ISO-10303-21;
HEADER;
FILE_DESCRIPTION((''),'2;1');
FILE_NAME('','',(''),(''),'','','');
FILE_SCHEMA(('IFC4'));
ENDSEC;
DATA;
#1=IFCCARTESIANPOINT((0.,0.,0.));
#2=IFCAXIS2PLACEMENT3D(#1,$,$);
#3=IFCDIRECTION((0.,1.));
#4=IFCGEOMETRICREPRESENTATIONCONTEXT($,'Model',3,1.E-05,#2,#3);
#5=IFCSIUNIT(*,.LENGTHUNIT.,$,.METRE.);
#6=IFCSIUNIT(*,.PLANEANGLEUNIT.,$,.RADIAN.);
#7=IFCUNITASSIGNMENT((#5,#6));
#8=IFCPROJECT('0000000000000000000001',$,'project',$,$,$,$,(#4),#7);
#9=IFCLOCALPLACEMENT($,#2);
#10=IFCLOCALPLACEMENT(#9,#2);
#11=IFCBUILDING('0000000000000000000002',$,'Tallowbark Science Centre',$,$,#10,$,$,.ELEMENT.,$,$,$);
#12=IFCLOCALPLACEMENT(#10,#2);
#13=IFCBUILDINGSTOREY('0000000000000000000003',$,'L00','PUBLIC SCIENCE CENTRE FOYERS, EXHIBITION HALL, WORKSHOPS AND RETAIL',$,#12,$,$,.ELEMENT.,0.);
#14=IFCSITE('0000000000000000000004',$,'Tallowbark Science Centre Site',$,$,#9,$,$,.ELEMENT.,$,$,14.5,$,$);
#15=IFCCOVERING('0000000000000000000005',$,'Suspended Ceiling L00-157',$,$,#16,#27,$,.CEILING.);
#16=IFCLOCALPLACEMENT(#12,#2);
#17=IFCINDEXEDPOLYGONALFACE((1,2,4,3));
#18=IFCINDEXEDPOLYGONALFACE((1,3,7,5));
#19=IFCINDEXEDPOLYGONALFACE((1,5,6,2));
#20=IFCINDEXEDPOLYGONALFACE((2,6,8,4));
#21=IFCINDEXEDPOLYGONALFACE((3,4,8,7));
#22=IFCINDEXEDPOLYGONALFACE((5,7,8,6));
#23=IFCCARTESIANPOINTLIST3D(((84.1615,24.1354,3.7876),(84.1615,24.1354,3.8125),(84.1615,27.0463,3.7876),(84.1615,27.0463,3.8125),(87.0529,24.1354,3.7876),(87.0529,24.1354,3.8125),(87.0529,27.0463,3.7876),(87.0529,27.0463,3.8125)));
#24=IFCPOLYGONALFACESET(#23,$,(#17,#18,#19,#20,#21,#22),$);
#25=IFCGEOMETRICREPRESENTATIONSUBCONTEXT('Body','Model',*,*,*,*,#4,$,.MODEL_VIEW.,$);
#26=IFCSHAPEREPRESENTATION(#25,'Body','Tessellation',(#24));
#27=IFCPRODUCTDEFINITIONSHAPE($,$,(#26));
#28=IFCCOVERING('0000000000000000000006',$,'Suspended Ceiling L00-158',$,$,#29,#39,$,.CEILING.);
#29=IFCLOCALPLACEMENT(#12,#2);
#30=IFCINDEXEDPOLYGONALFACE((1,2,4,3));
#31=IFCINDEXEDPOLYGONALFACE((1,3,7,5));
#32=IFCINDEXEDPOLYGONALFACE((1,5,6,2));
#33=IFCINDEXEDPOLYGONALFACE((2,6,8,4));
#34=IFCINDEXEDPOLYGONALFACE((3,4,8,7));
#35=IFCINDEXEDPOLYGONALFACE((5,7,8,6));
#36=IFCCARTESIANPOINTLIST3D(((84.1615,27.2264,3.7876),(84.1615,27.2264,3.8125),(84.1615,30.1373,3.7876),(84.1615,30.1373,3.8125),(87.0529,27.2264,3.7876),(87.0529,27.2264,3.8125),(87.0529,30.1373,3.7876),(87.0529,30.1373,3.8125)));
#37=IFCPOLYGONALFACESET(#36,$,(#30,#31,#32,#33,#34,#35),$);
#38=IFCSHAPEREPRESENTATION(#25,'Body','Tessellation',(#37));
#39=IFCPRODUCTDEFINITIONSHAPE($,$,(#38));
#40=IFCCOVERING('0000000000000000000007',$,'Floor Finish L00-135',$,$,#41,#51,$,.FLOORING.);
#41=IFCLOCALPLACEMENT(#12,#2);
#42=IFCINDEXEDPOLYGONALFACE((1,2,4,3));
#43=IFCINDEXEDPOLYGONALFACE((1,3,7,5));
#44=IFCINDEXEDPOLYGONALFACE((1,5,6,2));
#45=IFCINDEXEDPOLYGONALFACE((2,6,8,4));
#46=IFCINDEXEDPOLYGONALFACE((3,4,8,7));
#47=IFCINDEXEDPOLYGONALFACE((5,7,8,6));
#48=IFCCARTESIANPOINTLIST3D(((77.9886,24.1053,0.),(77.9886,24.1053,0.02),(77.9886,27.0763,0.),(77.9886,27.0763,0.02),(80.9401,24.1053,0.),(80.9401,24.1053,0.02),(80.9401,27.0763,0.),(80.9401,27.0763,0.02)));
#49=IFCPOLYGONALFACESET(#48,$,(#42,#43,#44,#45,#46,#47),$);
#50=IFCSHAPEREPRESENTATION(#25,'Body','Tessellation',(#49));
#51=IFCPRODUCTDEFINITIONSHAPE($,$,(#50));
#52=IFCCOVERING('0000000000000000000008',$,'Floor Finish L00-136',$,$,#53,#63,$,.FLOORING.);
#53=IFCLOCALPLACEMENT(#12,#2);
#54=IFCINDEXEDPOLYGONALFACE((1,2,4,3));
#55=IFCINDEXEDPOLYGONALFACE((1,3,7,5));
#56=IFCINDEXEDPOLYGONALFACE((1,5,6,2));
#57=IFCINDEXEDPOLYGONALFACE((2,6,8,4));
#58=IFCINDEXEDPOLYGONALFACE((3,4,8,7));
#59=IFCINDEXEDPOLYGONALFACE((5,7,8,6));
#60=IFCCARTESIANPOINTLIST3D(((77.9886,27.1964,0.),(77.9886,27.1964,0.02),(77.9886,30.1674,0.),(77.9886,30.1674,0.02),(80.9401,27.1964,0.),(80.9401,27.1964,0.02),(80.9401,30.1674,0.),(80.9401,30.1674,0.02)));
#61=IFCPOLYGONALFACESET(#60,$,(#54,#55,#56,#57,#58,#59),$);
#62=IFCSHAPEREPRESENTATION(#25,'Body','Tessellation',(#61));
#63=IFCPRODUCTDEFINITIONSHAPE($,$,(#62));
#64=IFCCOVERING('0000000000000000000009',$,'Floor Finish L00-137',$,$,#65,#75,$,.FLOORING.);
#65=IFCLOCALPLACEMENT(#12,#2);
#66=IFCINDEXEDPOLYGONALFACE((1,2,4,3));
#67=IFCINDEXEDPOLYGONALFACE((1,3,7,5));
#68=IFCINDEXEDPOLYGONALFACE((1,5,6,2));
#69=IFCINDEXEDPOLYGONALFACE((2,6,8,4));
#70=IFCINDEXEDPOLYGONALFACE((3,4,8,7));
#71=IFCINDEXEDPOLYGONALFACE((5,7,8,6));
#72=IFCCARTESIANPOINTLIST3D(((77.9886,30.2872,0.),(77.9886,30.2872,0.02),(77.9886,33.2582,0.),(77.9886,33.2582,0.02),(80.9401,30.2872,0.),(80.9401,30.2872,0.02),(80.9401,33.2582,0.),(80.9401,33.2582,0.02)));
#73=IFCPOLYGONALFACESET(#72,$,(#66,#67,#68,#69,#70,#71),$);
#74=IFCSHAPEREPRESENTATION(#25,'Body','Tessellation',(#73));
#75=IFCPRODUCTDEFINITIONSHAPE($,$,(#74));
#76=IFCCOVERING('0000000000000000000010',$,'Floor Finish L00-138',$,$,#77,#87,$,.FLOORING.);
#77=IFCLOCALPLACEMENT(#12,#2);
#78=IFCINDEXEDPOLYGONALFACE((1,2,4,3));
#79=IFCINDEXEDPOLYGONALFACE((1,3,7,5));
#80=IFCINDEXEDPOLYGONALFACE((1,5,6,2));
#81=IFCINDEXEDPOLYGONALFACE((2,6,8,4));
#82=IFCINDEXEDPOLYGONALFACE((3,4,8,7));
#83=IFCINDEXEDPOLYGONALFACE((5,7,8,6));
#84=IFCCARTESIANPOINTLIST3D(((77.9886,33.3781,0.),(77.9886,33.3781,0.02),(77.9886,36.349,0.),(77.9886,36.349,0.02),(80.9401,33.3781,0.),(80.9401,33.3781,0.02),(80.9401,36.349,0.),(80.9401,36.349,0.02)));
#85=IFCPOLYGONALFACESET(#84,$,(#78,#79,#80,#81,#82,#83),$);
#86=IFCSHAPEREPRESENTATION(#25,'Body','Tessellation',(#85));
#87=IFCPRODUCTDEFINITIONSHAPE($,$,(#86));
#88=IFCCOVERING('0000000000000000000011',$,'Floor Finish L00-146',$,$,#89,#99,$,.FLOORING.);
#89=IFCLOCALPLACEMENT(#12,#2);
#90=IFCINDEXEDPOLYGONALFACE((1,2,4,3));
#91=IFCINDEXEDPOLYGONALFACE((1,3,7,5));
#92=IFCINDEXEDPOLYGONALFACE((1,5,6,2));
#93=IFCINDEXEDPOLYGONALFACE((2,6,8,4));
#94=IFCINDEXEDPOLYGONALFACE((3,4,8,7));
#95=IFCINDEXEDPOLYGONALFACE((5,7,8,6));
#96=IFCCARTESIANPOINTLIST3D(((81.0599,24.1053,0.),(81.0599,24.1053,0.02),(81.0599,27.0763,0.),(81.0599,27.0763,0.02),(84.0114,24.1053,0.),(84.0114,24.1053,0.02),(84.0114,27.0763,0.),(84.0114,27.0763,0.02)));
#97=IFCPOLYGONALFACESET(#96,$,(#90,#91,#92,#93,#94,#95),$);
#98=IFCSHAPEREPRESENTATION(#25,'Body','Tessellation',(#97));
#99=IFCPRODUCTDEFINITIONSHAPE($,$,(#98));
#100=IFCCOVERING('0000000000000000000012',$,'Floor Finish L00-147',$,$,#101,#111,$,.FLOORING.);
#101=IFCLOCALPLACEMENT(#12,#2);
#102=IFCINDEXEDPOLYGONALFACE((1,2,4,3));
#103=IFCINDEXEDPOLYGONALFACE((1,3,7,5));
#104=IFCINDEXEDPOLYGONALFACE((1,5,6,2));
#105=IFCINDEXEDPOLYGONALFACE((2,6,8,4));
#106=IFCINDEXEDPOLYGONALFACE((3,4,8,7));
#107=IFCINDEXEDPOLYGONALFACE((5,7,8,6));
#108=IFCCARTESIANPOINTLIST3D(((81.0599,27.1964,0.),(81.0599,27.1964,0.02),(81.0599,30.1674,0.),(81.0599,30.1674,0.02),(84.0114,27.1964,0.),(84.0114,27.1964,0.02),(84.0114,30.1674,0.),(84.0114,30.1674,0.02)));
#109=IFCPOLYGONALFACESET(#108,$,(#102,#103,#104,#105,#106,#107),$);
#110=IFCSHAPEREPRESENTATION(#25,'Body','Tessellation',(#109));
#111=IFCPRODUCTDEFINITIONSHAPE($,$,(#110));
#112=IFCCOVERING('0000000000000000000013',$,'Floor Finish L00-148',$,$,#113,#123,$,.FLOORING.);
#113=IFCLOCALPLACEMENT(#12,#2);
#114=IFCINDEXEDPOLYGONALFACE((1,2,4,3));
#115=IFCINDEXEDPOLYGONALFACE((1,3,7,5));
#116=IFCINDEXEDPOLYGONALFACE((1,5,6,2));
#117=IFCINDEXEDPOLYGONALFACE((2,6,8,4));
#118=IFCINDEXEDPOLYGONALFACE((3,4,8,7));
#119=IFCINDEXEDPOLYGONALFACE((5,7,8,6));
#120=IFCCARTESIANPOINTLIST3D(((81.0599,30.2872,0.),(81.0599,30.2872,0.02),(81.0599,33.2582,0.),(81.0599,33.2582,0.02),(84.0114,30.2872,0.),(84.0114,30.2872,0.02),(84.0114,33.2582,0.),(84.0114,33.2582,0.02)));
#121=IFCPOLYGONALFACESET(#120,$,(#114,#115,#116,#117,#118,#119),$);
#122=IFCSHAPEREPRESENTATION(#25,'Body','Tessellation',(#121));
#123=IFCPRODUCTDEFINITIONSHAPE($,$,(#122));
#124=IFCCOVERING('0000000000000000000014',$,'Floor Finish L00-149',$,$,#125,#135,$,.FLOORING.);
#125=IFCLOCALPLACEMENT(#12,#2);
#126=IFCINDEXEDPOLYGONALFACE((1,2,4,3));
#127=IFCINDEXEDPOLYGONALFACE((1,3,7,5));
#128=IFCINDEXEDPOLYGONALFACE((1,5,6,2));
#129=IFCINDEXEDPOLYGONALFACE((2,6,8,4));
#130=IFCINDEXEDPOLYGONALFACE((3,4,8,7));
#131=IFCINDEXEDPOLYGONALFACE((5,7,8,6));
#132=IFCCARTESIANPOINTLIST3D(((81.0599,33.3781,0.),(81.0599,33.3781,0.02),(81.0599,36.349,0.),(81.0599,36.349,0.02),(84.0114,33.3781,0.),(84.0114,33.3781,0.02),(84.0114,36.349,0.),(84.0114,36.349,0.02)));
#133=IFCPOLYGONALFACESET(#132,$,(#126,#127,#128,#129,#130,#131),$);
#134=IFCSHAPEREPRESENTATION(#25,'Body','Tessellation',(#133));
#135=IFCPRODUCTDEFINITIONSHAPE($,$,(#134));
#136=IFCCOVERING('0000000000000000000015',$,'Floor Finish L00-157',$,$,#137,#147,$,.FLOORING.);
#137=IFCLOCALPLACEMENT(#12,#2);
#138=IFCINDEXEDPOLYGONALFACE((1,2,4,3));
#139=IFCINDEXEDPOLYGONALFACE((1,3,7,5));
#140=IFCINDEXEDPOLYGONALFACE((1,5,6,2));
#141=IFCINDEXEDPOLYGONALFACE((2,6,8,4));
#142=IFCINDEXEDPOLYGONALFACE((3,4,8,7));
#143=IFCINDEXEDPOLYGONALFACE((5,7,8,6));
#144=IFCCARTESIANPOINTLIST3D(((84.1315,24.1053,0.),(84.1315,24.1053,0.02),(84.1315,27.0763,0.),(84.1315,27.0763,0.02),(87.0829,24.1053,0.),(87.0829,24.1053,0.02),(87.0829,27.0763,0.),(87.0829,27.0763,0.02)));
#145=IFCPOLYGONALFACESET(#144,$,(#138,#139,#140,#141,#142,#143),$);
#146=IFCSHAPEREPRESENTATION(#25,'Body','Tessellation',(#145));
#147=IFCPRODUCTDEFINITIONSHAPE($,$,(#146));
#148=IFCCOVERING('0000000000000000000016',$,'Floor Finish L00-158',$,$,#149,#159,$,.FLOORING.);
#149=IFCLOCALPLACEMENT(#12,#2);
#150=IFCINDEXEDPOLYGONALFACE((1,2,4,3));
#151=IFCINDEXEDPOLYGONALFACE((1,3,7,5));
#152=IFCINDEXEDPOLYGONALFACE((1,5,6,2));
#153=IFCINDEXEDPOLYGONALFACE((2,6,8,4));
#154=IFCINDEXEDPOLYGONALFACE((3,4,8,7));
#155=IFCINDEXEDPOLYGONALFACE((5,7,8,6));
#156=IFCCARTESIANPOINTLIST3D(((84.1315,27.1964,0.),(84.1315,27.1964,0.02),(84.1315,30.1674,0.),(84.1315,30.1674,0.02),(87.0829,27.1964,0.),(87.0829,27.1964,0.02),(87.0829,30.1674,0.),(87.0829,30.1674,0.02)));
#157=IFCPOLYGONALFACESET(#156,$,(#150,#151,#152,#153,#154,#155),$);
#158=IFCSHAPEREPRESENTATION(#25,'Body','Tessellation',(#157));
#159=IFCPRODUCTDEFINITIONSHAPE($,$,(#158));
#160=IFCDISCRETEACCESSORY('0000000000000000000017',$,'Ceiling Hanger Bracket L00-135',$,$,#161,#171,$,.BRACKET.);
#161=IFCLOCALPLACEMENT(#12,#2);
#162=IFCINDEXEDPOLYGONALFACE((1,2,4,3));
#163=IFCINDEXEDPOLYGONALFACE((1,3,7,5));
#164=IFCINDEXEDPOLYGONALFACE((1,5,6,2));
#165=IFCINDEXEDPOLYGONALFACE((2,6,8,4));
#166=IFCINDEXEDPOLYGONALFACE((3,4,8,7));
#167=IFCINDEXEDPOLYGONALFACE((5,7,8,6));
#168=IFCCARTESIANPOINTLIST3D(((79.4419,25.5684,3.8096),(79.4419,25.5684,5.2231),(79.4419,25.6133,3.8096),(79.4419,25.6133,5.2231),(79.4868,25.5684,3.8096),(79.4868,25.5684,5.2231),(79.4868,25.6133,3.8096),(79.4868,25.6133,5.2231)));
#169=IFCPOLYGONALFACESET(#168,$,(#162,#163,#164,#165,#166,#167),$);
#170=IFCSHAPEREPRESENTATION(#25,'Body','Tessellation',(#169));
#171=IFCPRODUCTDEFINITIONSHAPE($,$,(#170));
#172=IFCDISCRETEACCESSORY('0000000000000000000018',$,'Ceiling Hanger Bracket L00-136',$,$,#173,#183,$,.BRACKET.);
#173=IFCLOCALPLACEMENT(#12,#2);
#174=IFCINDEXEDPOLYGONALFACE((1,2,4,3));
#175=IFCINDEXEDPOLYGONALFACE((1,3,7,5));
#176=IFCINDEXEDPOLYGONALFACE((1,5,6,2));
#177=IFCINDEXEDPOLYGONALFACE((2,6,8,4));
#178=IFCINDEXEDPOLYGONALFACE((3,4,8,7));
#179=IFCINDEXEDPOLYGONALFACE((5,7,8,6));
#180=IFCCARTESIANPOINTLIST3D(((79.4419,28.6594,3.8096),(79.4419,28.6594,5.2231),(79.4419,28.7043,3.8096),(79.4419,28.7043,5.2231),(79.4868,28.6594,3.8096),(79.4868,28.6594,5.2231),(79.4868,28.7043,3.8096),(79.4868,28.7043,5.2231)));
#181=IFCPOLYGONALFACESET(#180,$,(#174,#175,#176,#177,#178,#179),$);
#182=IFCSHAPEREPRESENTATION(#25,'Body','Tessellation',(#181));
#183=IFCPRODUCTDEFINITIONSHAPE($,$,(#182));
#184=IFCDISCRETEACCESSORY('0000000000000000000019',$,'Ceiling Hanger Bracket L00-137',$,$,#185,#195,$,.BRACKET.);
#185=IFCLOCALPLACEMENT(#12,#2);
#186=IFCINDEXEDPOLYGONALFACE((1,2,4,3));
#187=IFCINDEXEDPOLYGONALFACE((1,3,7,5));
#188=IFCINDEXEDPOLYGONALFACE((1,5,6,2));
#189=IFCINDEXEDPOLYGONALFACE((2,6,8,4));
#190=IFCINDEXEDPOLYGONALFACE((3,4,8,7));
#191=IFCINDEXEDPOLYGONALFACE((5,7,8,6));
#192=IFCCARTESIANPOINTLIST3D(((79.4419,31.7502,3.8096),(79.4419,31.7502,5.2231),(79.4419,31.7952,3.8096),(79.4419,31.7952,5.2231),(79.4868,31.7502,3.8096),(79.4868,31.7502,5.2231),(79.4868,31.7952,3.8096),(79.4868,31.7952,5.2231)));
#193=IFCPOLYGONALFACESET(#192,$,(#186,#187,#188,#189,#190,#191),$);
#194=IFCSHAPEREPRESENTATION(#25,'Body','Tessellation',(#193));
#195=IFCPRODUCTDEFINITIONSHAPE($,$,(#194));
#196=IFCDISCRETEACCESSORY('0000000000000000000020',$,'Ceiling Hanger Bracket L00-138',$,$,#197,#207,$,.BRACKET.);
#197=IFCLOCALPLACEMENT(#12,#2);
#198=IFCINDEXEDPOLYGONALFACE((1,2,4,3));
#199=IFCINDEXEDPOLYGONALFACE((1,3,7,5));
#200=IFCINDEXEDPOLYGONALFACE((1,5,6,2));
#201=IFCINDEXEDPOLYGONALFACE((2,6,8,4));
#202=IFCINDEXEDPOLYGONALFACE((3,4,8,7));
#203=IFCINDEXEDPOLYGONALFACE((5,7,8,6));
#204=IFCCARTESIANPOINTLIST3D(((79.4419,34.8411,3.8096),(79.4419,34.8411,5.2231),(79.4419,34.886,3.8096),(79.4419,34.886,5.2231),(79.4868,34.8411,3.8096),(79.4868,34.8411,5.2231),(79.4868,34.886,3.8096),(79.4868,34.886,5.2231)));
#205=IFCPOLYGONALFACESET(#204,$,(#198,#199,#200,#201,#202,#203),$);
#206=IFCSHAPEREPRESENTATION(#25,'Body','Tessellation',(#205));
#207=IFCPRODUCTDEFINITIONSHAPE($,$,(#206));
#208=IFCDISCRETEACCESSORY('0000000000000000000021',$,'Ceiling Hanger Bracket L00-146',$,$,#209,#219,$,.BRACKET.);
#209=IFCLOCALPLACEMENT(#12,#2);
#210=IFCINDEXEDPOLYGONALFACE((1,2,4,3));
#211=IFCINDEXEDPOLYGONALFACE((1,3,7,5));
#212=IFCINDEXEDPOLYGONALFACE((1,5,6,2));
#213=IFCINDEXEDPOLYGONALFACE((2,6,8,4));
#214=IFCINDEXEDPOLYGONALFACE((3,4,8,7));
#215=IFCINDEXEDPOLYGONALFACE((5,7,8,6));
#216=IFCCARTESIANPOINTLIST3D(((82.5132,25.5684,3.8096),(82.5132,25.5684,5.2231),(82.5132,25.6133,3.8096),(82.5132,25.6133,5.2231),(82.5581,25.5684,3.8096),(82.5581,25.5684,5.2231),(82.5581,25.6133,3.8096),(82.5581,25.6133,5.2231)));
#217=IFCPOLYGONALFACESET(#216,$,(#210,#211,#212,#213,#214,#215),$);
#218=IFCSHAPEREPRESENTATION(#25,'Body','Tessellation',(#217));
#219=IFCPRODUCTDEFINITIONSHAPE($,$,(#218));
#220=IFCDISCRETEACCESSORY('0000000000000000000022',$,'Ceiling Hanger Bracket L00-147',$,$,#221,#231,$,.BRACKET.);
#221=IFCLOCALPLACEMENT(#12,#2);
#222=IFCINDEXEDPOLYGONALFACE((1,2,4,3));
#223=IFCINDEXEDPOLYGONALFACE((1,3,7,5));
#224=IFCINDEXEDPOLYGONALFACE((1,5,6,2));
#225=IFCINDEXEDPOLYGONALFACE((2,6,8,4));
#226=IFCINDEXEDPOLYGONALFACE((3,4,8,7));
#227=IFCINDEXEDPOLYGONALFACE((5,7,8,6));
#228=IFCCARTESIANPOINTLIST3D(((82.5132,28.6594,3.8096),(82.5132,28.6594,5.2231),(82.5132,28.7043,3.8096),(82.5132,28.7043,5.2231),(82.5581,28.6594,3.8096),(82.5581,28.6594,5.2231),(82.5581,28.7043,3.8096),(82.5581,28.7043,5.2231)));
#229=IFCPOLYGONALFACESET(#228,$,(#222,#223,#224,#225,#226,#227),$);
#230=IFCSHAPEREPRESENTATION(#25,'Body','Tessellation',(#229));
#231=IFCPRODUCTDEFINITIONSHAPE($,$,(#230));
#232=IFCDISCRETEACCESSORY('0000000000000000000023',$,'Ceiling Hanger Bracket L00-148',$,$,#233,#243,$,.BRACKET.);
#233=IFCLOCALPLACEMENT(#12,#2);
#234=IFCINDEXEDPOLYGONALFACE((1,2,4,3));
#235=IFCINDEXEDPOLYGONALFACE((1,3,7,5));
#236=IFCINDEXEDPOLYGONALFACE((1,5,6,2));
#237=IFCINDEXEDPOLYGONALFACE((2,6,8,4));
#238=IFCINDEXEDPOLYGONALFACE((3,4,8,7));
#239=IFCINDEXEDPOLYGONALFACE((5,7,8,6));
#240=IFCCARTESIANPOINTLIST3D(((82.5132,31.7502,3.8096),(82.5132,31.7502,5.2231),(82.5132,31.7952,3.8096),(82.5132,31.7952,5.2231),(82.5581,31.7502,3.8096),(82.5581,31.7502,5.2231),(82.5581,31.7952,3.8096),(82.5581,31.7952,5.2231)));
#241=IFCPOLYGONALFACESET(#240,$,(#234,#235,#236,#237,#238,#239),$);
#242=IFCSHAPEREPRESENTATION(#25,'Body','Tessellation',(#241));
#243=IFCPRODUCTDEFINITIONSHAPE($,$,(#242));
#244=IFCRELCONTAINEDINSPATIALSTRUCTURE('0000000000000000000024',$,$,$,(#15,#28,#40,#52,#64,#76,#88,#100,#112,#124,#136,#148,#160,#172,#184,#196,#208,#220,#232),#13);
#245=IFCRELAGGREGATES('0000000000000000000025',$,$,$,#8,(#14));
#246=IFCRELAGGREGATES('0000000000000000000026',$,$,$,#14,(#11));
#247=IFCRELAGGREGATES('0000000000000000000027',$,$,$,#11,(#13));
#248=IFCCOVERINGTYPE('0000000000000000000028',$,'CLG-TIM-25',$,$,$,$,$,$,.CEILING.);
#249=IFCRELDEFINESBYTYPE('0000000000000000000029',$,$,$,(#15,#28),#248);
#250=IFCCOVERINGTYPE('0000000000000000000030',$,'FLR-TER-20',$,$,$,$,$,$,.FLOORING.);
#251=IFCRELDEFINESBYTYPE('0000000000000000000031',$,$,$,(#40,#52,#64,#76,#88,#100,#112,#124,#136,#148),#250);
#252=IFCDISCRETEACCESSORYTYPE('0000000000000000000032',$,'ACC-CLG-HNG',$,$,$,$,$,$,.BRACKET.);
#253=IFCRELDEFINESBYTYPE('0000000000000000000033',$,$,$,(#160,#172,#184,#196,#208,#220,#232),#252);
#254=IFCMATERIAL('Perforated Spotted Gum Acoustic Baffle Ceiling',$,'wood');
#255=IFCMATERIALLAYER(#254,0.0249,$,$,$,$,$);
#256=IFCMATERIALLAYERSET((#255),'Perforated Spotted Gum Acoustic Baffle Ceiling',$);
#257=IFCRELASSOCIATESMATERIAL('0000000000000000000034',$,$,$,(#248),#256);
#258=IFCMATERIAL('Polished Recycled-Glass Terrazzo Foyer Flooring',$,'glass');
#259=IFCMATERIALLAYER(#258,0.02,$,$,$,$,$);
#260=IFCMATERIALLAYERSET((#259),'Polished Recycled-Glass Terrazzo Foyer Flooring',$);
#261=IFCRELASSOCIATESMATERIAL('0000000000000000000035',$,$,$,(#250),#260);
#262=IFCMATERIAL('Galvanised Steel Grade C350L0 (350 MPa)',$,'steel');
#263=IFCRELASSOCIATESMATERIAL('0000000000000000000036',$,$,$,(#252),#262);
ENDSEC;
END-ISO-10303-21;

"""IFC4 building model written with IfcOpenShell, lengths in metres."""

from ifc_helpers import new_model, si_unit, direction, frame, origin, origin_2d, place, context, subcontext, project, spatial, rectangle, extrude, material, layer, layer_set, type_object, element, save


model = new_model("IFC4")

# Units and contexts
model_context = context("Model", 3, precision=1e-05, world=origin(), true_north=direction((0.0, 1.0)))
body_context = subcontext(model_context, "Body", "Model", "MODEL_VIEW")
ifc_project = project(units=[si_unit("LENGTHUNIT", "METRE"), si_unit("PLANEANGLEUNIT", "RADIAN")], contexts=[model_context])

# Site, building, storey
site_placement = place(None, origin())
site = spatial("IfcSite", under=ifc_project, at=site_placement, Name="Tallowbark Science Centre Site", CompositionType="ELEMENT", RefElevation=14.5)
building_placement = place(site_placement, origin())
building = spatial("IfcBuilding", under=site, at=building_placement, Name="Tallowbark Science Centre", CompositionType="ELEMENT")
storey_placement = place(building_placement, origin())
storey = spatial("IfcBuildingStorey", under=building, at=storey_placement, Name="L00", Description="PUBLIC SCIENCE CENTRE FOYERS, EXHIBITION HALL, WORKSHOPS AND RETAIL", CompositionType="ELEMENT", Elevation=0.0)

# Coverings
ifc_material_1 = material(Name="Perforated Spotted Gum Acoustic Baffle Ceiling", Category="wood")
ifc_layer_1 = layer(ifc_material_1, 0.0249)
ifc_layer_set_1 = layer_set([ifc_layer_1], Name="Perforated Spotted Gum Acoustic Baffle Ceiling")
covering_type_1 = type_object("IfcCoveringType", Name="CLG-TIM-25", PredefinedType="CEILING", material=ifc_layer_set_1)
for number, where, z_axis, x_axis, name in (
    (1, (85.6072, 25.5908, 3.7876), (0.0, 0.0, 1.0), (1.0, 0.0, 0.0), "Suspended Ceiling L00-157"),
    (2, (85.6072, 28.6819, 3.7876), (0.0, 0.0, 1.0), (1.0, 0.0, 0.0), "Suspended Ceiling L00-158"),
):
    element("IfcCovering", number, at=place(storey_placement, frame(where, z_axis=z_axis, x_axis=x_axis)), inside=storey, type_object=covering_type_1, Name=name, PredefinedType="CEILING", context=body_context, shape_type="SweptSolid", body=[
        extrude(rectangle(XDim=2.8914, YDim=2.9109, at=origin_2d()), origin(), (0.0, 0.0, 1.0), 0.0249),
    ])
ifc_material_2 = material(Name="Polished Recycled-Glass Terrazzo Foyer Flooring", Category="glass")
ifc_layer_2 = layer(ifc_material_2, 0.02)
ifc_layer_set_2 = layer_set([ifc_layer_2], Name="Polished Recycled-Glass Terrazzo Foyer Flooring")
covering_type_2 = type_object("IfcCoveringType", Name="FLR-TER-20", PredefinedType="FLOORING", material=ifc_layer_set_2)
for number, where, z_axis, x_axis, name in (
    (3, (79.4644, 25.5908, 0.0), (0.0, 0.0, 1.0), (1.0, 0.0, 0.0), "Floor Finish L00-135"),
    (4, (79.4644, 28.6819, 0.0), (0.0, 0.0, 1.0), (1.0, 0.0, 0.0), "Floor Finish L00-136"),
    (5, (79.4644, 31.7727, 0.0), (0.0, 0.0, 1.0), (1.0, 0.0, 0.0), "Floor Finish L00-137"),
    (6, (79.4644, 34.8635, 0.0), (0.0, 0.0, 1.0), (1.0, 0.0, 0.0), "Floor Finish L00-138"),
    (7, (82.5356, 25.5908, 0.0), (0.0, 0.0, 1.0), (1.0, 0.0, 0.0), "Floor Finish L00-146"),
    (8, (82.5356, 28.6819, 0.0), (0.0, 0.0, 1.0), (1.0, 0.0, 0.0), "Floor Finish L00-147"),
    (9, (82.5356, 31.7727, 0.0), (0.0, 0.0, 1.0), (1.0, 0.0, 0.0), "Floor Finish L00-148"),
    (10, (82.5356, 34.8635, 0.0), (0.0, 0.0, 1.0), (1.0, 0.0, 0.0), "Floor Finish L00-149"),
    (11, (85.6072, 25.5908, 0.0), (0.0, 0.0, 1.0), (1.0, 0.0, 0.0), "Floor Finish L00-157"),
    (12, (85.6072, 28.6819, 0.0), (0.0, 0.0, 1.0), (1.0, 0.0, 0.0), "Floor Finish L00-158"),
):
    element("IfcCovering", number, at=place(storey_placement, frame(where, z_axis=z_axis, x_axis=x_axis)), inside=storey, type_object=covering_type_2, Name=name, PredefinedType="FLOORING", context=body_context, shape_type="SweptSolid", body=[
        extrude(rectangle(XDim=2.9514, YDim=2.9709, at=origin_2d()), origin(), (0.0, 0.0, 1.0), 0.02),
    ])

# Discrete accessories
ifc_material_3 = material(Name="Galvanised Steel Grade C350L0 (350 MPa)", Category="steel")
discrete_accessory_type = type_object("IfcDiscreteAccessoryType", Name="ACC-CLG-HNG", PredefinedType="BRACKET", material=ifc_material_3)
for number, where, z_axis, x_axis, name in (
    (13, (79.4644, 25.5908, 3.8096), (0.0, 0.0, 1.0), (1.0, 0.0, 0.0), "Ceiling Hanger Bracket L00-135"),
    (14, (79.4644, 28.6819, 3.8096), (0.0, 0.0, 1.0), (1.0, 0.0, 0.0), "Ceiling Hanger Bracket L00-136"),
    (15, (79.4644, 31.7727, 3.8096), (0.0, 0.0, 1.0), (1.0, 0.0, 0.0), "Ceiling Hanger Bracket L00-137"),
    (16, (79.4644, 34.8635, 3.8096), (0.0, 0.0, 1.0), (1.0, 0.0, 0.0), "Ceiling Hanger Bracket L00-138"),
    (17, (82.5356, 25.5908, 3.8096), (0.0, 0.0, 1.0), (1.0, 0.0, 0.0), "Ceiling Hanger Bracket L00-146"),
    (18, (82.5356, 28.6819, 3.8096), (0.0, 0.0, 1.0), (1.0, 0.0, 0.0), "Ceiling Hanger Bracket L00-147"),
    (19, (82.5356, 31.7727, 3.8096), (0.0, 0.0, 1.0), (1.0, 0.0, 0.0), "Ceiling Hanger Bracket L00-148"),
):
    element("IfcDiscreteAccessory", number, at=place(storey_placement, frame(where, z_axis=z_axis, x_axis=x_axis)), inside=storey, type_object=discrete_accessory_type, Name=name, PredefinedType="BRACKET", context=body_context, shape_type="SweptSolid", body=[
        extrude(rectangle(XDim=0.0449, YDim=0.0449, at=origin_2d()), origin(), (0.0, 0.0, 1.0), 1.4136),
    ])

save(model, "model.ifc")
